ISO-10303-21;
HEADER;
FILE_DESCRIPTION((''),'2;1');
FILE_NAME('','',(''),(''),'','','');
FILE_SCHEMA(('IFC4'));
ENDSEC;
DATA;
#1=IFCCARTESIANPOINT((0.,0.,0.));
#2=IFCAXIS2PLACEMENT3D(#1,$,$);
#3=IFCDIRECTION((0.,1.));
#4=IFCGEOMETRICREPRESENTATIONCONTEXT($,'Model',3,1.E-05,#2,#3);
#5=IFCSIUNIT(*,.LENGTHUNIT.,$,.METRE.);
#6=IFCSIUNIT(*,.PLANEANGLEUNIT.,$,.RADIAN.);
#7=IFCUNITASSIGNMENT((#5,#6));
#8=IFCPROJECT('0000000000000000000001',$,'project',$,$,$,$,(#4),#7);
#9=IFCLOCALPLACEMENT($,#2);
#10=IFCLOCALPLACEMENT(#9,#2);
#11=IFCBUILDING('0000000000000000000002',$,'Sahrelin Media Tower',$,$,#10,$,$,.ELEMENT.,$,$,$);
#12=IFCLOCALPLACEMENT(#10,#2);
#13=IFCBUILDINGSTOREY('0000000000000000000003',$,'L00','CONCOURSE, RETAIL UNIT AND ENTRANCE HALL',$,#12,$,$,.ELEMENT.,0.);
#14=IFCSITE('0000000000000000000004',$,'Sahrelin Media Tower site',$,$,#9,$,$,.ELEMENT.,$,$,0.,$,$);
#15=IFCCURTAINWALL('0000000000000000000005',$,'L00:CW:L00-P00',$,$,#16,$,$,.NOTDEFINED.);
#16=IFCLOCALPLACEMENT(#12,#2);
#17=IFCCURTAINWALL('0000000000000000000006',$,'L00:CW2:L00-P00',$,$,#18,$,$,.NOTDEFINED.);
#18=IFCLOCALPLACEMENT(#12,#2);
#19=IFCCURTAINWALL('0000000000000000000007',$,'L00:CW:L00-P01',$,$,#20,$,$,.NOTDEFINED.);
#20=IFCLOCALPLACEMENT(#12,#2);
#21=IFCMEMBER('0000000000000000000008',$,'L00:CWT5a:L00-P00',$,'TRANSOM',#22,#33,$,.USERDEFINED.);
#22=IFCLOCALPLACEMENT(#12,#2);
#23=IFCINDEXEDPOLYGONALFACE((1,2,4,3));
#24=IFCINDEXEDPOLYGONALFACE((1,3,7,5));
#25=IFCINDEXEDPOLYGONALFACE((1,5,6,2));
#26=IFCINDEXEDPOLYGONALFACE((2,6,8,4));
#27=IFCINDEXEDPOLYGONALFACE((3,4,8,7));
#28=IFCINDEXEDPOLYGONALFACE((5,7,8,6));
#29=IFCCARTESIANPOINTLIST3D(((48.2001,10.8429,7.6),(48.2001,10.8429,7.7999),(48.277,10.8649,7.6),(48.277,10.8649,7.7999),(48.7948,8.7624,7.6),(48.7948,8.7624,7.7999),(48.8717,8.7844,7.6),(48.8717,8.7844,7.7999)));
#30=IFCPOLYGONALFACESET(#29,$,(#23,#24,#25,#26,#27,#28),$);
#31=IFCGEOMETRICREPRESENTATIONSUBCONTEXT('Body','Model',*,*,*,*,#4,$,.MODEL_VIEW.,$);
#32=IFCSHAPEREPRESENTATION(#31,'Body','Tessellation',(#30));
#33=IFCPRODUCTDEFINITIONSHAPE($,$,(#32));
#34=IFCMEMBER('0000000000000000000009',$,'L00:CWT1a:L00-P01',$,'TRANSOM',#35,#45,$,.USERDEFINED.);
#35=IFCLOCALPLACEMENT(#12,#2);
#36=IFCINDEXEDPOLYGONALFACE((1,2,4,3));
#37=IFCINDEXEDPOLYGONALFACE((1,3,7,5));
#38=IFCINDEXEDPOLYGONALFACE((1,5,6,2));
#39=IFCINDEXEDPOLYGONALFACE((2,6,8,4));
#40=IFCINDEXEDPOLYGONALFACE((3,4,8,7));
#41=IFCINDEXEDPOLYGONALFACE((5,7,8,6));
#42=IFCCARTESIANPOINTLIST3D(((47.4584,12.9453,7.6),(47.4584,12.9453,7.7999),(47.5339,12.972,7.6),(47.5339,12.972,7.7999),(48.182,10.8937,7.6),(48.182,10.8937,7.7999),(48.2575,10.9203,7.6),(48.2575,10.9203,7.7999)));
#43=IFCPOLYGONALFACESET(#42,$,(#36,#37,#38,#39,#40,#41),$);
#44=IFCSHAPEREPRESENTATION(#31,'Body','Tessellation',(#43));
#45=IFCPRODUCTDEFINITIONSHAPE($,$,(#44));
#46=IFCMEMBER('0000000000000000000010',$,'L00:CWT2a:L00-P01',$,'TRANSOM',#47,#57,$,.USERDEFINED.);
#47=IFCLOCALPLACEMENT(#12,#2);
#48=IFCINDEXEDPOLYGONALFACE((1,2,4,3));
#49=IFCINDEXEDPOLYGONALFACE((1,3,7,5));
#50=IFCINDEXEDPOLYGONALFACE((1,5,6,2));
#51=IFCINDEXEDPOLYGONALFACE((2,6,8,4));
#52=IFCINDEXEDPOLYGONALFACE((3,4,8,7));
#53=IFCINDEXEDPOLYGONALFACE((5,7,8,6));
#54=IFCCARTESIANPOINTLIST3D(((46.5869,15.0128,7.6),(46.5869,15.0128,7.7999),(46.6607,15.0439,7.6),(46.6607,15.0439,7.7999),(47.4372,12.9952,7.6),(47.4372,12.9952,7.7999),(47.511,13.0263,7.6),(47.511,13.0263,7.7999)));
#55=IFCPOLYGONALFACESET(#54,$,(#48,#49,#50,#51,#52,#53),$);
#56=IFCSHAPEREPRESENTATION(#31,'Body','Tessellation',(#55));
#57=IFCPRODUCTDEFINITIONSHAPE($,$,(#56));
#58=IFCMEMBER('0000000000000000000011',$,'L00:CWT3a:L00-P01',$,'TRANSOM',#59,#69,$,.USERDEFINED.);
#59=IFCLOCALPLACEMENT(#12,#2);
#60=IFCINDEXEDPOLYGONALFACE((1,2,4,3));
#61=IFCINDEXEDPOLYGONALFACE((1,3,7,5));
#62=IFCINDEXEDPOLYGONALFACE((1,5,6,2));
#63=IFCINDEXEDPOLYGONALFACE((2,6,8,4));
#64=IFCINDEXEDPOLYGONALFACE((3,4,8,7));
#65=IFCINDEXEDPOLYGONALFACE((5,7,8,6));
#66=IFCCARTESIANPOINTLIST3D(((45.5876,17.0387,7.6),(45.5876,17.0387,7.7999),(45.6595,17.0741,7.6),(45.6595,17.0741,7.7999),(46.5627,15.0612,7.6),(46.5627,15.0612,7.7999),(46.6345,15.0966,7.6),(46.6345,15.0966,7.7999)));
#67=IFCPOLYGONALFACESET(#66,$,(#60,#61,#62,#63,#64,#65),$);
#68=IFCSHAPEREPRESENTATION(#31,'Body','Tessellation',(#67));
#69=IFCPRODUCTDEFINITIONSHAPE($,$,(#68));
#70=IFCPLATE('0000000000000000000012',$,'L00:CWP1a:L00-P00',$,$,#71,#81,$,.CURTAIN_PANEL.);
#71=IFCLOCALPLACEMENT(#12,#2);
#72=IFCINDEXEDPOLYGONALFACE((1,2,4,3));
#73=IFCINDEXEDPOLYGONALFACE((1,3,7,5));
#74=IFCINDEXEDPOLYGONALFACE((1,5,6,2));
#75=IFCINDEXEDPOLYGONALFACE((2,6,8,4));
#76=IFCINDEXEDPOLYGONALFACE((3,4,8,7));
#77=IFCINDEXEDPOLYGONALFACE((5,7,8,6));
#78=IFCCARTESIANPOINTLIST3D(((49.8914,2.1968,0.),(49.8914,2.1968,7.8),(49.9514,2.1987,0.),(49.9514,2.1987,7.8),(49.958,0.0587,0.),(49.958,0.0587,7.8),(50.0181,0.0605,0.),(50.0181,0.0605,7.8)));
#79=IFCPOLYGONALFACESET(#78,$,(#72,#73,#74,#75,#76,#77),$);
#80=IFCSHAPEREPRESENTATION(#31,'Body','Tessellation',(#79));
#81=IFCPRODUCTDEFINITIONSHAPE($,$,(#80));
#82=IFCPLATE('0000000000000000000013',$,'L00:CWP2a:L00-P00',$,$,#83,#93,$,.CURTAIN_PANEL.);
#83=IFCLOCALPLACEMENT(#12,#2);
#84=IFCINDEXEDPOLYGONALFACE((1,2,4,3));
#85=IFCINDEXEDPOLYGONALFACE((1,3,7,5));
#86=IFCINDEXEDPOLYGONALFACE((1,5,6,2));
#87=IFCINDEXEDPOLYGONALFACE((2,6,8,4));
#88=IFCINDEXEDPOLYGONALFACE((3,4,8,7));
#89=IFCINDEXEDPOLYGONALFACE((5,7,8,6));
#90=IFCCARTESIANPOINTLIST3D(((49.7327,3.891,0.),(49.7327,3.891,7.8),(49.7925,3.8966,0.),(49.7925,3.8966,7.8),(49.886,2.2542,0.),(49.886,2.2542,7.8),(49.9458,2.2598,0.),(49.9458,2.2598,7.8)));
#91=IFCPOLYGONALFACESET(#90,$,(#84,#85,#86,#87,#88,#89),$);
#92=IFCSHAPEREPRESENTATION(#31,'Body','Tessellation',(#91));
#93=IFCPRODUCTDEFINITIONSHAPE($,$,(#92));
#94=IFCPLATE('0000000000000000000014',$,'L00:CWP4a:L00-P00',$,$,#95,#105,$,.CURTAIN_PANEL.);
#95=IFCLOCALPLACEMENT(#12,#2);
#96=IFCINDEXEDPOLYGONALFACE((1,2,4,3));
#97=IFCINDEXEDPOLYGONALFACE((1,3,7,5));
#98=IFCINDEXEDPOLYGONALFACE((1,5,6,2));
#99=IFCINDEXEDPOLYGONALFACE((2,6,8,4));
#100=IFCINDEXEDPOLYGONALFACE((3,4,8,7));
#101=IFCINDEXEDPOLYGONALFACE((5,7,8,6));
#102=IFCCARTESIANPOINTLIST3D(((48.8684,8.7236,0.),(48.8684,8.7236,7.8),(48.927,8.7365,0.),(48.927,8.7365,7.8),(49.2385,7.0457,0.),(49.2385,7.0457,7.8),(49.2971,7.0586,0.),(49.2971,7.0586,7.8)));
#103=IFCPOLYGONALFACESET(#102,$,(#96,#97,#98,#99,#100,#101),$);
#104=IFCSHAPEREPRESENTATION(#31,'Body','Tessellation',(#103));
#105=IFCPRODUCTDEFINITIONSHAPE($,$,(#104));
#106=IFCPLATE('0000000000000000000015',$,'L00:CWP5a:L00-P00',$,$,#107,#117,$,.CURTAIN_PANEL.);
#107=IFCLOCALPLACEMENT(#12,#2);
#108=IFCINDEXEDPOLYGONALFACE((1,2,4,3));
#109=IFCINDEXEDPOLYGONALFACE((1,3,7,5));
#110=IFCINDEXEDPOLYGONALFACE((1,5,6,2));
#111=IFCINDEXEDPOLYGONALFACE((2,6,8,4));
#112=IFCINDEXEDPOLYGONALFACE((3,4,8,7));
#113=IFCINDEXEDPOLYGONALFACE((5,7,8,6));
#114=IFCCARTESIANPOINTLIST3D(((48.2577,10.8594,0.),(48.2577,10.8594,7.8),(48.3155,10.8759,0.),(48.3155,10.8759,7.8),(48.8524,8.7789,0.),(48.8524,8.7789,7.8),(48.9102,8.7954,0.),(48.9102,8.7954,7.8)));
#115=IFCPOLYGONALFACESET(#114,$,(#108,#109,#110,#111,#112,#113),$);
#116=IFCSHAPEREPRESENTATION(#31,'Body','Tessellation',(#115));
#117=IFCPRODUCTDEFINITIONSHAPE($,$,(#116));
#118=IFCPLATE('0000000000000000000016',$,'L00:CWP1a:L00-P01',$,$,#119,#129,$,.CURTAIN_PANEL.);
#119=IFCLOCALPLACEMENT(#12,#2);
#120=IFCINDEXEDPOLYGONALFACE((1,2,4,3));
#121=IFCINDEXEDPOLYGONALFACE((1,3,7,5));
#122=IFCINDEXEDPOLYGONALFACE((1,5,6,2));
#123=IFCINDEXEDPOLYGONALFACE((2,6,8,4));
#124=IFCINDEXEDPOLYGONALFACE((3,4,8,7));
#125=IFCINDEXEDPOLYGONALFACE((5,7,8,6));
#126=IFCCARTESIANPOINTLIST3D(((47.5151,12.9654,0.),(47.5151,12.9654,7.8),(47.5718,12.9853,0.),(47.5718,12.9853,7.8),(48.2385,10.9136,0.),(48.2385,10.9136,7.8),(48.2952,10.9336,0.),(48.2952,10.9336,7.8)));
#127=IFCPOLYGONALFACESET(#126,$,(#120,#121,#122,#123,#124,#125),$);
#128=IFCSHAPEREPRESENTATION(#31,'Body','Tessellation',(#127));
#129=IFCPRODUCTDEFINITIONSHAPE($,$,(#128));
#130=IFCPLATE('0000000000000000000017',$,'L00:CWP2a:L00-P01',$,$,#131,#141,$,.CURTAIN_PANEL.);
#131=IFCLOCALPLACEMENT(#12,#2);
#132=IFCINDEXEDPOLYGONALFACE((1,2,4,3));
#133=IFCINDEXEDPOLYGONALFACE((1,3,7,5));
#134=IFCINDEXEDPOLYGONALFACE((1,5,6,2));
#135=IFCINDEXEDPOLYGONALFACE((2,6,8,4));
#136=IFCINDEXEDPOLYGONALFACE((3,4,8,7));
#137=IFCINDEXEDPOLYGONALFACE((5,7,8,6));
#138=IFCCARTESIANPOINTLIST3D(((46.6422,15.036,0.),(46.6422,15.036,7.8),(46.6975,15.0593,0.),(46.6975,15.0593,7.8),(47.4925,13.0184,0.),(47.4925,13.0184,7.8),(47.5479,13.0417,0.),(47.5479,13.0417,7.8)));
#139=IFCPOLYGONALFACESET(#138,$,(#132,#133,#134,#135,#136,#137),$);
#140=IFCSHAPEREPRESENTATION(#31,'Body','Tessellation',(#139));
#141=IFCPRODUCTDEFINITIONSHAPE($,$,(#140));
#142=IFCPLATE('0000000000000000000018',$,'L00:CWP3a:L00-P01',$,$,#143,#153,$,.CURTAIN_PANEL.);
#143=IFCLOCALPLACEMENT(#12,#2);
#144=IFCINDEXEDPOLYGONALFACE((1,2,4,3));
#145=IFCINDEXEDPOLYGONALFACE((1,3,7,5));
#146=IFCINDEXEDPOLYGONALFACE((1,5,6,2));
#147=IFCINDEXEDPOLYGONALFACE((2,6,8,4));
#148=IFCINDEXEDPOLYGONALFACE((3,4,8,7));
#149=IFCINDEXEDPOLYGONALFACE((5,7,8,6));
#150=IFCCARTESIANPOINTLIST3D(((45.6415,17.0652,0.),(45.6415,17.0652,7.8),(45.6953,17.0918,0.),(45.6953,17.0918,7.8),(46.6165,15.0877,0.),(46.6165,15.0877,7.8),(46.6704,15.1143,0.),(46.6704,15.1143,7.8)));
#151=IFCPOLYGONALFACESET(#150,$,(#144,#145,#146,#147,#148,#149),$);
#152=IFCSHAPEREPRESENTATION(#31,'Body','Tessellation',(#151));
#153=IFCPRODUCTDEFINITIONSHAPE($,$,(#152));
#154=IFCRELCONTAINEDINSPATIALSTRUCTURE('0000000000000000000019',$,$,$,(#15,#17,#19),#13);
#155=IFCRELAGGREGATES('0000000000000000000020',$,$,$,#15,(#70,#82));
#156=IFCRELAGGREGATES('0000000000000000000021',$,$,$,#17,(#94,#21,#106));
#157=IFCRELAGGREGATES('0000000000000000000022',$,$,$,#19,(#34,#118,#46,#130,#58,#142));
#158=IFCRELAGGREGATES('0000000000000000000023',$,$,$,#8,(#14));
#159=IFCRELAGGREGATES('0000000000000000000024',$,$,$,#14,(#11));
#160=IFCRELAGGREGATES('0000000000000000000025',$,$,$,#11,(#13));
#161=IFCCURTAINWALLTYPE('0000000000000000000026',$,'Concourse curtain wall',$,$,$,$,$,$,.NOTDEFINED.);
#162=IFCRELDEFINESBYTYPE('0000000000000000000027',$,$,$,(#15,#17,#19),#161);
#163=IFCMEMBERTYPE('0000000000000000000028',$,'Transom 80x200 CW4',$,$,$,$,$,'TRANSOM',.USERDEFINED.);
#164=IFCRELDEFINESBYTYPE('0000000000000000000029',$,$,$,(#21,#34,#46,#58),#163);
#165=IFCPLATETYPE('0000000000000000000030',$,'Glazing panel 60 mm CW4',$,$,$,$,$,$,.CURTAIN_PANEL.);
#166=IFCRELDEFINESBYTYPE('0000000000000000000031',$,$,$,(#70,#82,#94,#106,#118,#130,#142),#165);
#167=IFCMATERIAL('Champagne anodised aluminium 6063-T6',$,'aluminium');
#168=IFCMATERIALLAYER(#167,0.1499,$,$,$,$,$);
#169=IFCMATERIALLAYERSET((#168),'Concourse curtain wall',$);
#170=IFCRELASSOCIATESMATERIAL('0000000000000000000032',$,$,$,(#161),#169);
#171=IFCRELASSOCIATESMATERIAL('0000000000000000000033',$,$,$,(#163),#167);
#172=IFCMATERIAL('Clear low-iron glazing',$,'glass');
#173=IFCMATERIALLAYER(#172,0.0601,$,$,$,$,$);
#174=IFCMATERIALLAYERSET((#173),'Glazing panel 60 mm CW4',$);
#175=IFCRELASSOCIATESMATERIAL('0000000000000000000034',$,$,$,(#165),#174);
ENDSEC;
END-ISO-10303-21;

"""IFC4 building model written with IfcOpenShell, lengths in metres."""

from ifc_helpers import new_model, si_unit, direction, frame, origin, origin_2d, place, context, subcontext, project, spatial, polyline, rectangle, outline, extrude, material, layer, layer_set, material_profile, profile_set, type_object, element, aggregate, save


model = new_model("IFC4")

# Units and contexts
model_context = context("Model", 3, precision=1e-05, world=origin(), true_north=direction((0.0, 1.0)))
body_context = subcontext(model_context, "Body", "Model", "MODEL_VIEW")
ifc_project = project(units=[si_unit("LENGTHUNIT", "METRE"), si_unit("PLANEANGLEUNIT", "RADIAN")], contexts=[model_context])

# Site, building, storey
site_placement = place(None, origin())
site = spatial("IfcSite", under=ifc_project, at=site_placement, Name="Sahrelin Media Tower site", CompositionType="ELEMENT", RefElevation=0.0)
building_placement = place(site_placement, origin())
building = spatial("IfcBuilding", under=site, at=building_placement, Name="Sahrelin Media Tower", CompositionType="ELEMENT")
storey_placement = place(building_placement, origin())
storey = spatial("IfcBuildingStorey", under=building, at=storey_placement, Name="L00", Description="CONCOURSE, RETAIL UNIT AND ENTRANCE HALL", CompositionType="ELEMENT", Elevation=0.0)

# Curtain walls
ifc_material_1 = material(Name="Champagne anodised aluminium 6063-T6", Category="aluminium")
ifc_layer_1 = layer(ifc_material_1, 0.1499)
ifc_layer_set_1 = layer_set([ifc_layer_1], Name="Concourse curtain wall")
curtain_wall_type = type_object("IfcCurtainWallType", Name="Concourse curtain wall", PredefinedType="NOTDEFINED", material=ifc_layer_set_1)
curtain_wall_1_placement = place(storey_placement, frame((50.0, 0.0, 0.0), z_axis=(0.0, 0.0, 1.0), x_axis=(1.0, 0.0, 0.0)))
curtain_wall_1 = element("IfcCurtainWall", 1, at=curtain_wall_1_placement, inside=storey, type_object=curtain_wall_type, Name="L00:CW:L00-P00", PredefinedType="NOTDEFINED")
curtain_wall_2_placement = place(storey_placement, frame((49.2776, 7.0544, 0.0), z_axis=(0.0, 0.0, 1.0), x_axis=(1.0, 0.0, 0.0)))
curtain_wall_2 = element("IfcCurtainWall", 2, at=curtain_wall_2_placement, inside=storey, type_object=curtain_wall_type, Name="L00:CW2:L00-P00", PredefinedType="NOTDEFINED")

# Curtain wall
curtain_wall_3_placement = place(storey_placement, frame((48.2964, 10.8704, 0.0), z_axis=(0.0, 0.0, 1.0), x_axis=(1.0, 0.0, 0.0)))
curtain_wall_3 = element("IfcCurtainWall", 3, at=curtain_wall_3_placement, inside=storey, type_object=curtain_wall_type, Name="L00:CW:L00-P01", PredefinedType="NOTDEFINED")

# Members
ifc_material_profile_1 = material_profile(ifc_material_1, rectangle(XDim=0.0801, YDim=0.2, at=origin_2d()), Name="Transom 80x200")
ifc_profile_set_1 = profile_set([ifc_material_profile_1], Name="Champagne anodised aluminium 6063-T6")
member_type_1 = type_object("IfcMemberType", Name="Transom 80x200 CW4", ElementType="TRANSOM", PredefinedType="USERDEFINED", material=ifc_profile_set_1)
member_1_placement = place(storey_placement, frame((48.8333, 8.7734, 7.7), z_axis=(-0.27484, 0.96149, 0.0), x_axis=(-0.96149, -0.27484, 0.0)))
member_1 = element("IfcMember", 4, at=member_1_placement, type_object=member_type_1, Name="L00:CWT5a:L00-P00", ObjectType="TRANSOM", PredefinedType="USERDEFINED", context=body_context, shape_type="SweptSolid", body=[
    extrude(rectangle(XDim=0.0801, YDim=0.2, at=origin_2d()), origin(), (0.0, 0.0, 1.0), 2.1638),
])
member_2_placement = place(storey_placement, frame((48.2197, 10.907, 7.7), z_axis=(-0.332609, 0.943065, 0.0), x_axis=(-0.943065, -0.332609, 0.0)))
member_2 = element("IfcMember", 5, at=member_2_placement, type_object=member_type_1, Name="L00:CWT1a:L00-P01", ObjectType="TRANSOM", PredefinedType="USERDEFINED", context=body_context, shape_type="SweptSolid", body=[
    extrude(rectangle(XDim=0.0801, YDim=0.2, at=origin_2d()), origin(), (0.0, 0.0, 1.0), 2.1755),
])
member_3_placement = place(storey_placement, frame((47.4741, 13.0107, 7.7), z_axis=(-0.388381, 0.921499, 0.0), x_axis=(-0.921499, -0.388381, 0.0)))
member_3 = element("IfcMember", 6, at=member_3_placement, type_object=member_type_1, Name="L00:CWT2a:L00-P01", ObjectType="TRANSOM", PredefinedType="USERDEFINED", context=body_context, shape_type="SweptSolid", body=[
    extrude(rectangle(XDim=0.0801, YDim=0.2, at=origin_2d()), origin(), (0.0, 0.0, 1.0), 2.1895),
])
member_4_placement = place(storey_placement, frame((46.5986, 15.0789, 7.7), z_axis=(-0.442246, 0.896894, 0.0), x_axis=(-0.896894, -0.442246, 0.0)))
member_4 = element("IfcMember", 7, at=member_4_placement, type_object=member_type_1, Name="L00:CWT3a:L00-P01", ObjectType="TRANSOM", PredefinedType="USERDEFINED", context=body_context, shape_type="SweptSolid", body=[
    extrude(rectangle(XDim=0.0801, YDim=0.2, at=origin_2d()), origin(), (0.0, 0.0, 1.0), 2.2048),
])

# Plates
ifc_material_2 = material(Name="Clear low-iron glazing", Category="glass")
ifc_layer_2 = layer(ifc_material_2, 0.0601)
ifc_layer_set_2 = layer_set([ifc_layer_2], Name="Glazing panel 60 mm CW4")
plate_type = type_object("IfcPlateType", Name="Glazing panel 60 mm CW4", PredefinedType="CURTAIN_PANEL", material=ifc_layer_set_2)
plate_1_placement = place(storey_placement, frame((50.0181, 0.0605, 0.0), z_axis=(0.999515, 0.031156, 0.0), x_axis=(-0.031156, 0.999515, 0.0)))
plate_1 = element("IfcPlate", 8, at=plate_1_placement, type_object=plate_type, Name="L00:CWP1a:L00-P00", PredefinedType="CURTAIN_PANEL", context=body_context, shape_type="SweptSolid", body=[
    extrude(outline(polyline([(0.0, 0.0), (2.1392, 0.0), (2.1392, 7.8), (0.0, 7.8), (0.0, 0.0)])), origin(), (0.0, 0.0, -1.0), 0.0601),
])
plate_2_placement = place(storey_placement, frame((49.9458, 2.2598, 0.0), z_axis=(0.995642, 0.093253, 0.0), x_axis=(-0.093253, 0.995642, 0.0)))
plate_2 = element("IfcPlate", 9, at=plate_2_placement, type_object=plate_type, Name="L00:CWP2a:L00-P00", PredefinedType="CURTAIN_PANEL", context=body_context, shape_type="SweptSolid", body=[
    extrude(outline(polyline([(0.0, 0.0), (1.644, 0.0), (1.644, 7.8), (0.0, 7.8), (0.0, 0.0)])), origin(), (0.0, 0.0, -1.0), 0.0601),
])
aggregate(curtain_wall_1, [plate_1, plate_2])
plate_3_placement = place(storey_placement, frame((49.2971, 7.0586, 0.0), z_axis=(0.976527, 0.215396, 0.0), x_axis=(-0.215396, 0.976527, 0.0)))
plate_3 = element("IfcPlate", 10, at=plate_3_placement, type_object=plate_type, Name="L00:CWP4a:L00-P00", PredefinedType="CURTAIN_PANEL", context=body_context, shape_type="SweptSolid", body=[
    extrude(outline(polyline([(0.0, 0.0), (1.7183, 0.0), (1.7183, 7.8), (0.0, 7.8), (0.0, 0.0)])), origin(), (0.0, 0.0, -1.0), 0.0601),
])
plate_4_placement = place(storey_placement, frame((48.9102, 8.7954, 0.0), z_axis=(0.96149, 0.27484, 0.0), x_axis=(-0.27484, 0.96149, 0.0)))
plate_4 = element("IfcPlate", 11, at=plate_4_placement, type_object=plate_type, Name="L00:CWP5a:L00-P00", PredefinedType="CURTAIN_PANEL", context=body_context, shape_type="SweptSolid", body=[
    extrude(outline(polyline([(0.0, 0.0), (2.1638, 0.0), (2.1638, 7.8), (0.0, 7.8), (0.0, 0.0)])), origin(), (0.0, 0.0, -1.0), 0.0601),
])
aggregate(curtain_wall_2, [plate_3, member_1, plate_4])
plate_5_placement = place(storey_placement, frame((48.2952, 10.9336, 0.0), z_axis=(0.9431, 0.332509, 0.0), x_axis=(-0.332509, 0.9431, 0.0)))
plate_5 = element("IfcPlate", 12, at=plate_5_placement, type_object=plate_type, Name="L00:CWP1a:L00-P01", PredefinedType="CURTAIN_PANEL", context=body_context, shape_type="SweptSolid", body=[
    extrude(outline(polyline([(0.0, 0.0), (2.1755, 0.0), (2.1755, 7.8), (0.0, 7.8), (0.0, 0.0)])), origin(), (0.0, 0.0, -1.0), 0.0601),
])
plate_6_placement = place(storey_placement, frame((47.5479, 13.0417, 0.0), z_axis=(0.921499, 0.388381, 0.0), x_axis=(-0.388381, 0.921499, 0.0)))
plate_6 = element("IfcPlate", 13, at=plate_6_placement, type_object=plate_type, Name="L00:CWP2a:L00-P01", PredefinedType="CURTAIN_PANEL", context=body_context, shape_type="SweptSolid", body=[
    extrude(outline(polyline([(0.0, 0.0), (2.1895, 0.0), (2.1895, 7.8), (0.0, 7.8), (0.0, 0.0)])), origin(), (0.0, 0.0, -1.0), 0.0601),
])
plate_7_placement = place(storey_placement, frame((46.6704, 15.1143, 0.0), z_axis=(0.896894, 0.442246, 0.0), x_axis=(-0.442246, 0.896894, 0.0)))
plate_7 = element("IfcPlate", 14, at=plate_7_placement, type_object=plate_type, Name="L00:CWP3a:L00-P01", PredefinedType="CURTAIN_PANEL", context=body_context, shape_type="SweptSolid", body=[
    extrude(outline(polyline([(0.0, 0.0), (2.2048, 0.0), (2.2048, 7.8), (0.0, 7.8), (0.0, 0.0)])), origin(), (0.0, 0.0, -1.0), 0.0601),
])
aggregate(curtain_wall_3, [member_2, plate_5, member_3, plate_6, member_4, plate_7])

save(model, "model.ifc")
